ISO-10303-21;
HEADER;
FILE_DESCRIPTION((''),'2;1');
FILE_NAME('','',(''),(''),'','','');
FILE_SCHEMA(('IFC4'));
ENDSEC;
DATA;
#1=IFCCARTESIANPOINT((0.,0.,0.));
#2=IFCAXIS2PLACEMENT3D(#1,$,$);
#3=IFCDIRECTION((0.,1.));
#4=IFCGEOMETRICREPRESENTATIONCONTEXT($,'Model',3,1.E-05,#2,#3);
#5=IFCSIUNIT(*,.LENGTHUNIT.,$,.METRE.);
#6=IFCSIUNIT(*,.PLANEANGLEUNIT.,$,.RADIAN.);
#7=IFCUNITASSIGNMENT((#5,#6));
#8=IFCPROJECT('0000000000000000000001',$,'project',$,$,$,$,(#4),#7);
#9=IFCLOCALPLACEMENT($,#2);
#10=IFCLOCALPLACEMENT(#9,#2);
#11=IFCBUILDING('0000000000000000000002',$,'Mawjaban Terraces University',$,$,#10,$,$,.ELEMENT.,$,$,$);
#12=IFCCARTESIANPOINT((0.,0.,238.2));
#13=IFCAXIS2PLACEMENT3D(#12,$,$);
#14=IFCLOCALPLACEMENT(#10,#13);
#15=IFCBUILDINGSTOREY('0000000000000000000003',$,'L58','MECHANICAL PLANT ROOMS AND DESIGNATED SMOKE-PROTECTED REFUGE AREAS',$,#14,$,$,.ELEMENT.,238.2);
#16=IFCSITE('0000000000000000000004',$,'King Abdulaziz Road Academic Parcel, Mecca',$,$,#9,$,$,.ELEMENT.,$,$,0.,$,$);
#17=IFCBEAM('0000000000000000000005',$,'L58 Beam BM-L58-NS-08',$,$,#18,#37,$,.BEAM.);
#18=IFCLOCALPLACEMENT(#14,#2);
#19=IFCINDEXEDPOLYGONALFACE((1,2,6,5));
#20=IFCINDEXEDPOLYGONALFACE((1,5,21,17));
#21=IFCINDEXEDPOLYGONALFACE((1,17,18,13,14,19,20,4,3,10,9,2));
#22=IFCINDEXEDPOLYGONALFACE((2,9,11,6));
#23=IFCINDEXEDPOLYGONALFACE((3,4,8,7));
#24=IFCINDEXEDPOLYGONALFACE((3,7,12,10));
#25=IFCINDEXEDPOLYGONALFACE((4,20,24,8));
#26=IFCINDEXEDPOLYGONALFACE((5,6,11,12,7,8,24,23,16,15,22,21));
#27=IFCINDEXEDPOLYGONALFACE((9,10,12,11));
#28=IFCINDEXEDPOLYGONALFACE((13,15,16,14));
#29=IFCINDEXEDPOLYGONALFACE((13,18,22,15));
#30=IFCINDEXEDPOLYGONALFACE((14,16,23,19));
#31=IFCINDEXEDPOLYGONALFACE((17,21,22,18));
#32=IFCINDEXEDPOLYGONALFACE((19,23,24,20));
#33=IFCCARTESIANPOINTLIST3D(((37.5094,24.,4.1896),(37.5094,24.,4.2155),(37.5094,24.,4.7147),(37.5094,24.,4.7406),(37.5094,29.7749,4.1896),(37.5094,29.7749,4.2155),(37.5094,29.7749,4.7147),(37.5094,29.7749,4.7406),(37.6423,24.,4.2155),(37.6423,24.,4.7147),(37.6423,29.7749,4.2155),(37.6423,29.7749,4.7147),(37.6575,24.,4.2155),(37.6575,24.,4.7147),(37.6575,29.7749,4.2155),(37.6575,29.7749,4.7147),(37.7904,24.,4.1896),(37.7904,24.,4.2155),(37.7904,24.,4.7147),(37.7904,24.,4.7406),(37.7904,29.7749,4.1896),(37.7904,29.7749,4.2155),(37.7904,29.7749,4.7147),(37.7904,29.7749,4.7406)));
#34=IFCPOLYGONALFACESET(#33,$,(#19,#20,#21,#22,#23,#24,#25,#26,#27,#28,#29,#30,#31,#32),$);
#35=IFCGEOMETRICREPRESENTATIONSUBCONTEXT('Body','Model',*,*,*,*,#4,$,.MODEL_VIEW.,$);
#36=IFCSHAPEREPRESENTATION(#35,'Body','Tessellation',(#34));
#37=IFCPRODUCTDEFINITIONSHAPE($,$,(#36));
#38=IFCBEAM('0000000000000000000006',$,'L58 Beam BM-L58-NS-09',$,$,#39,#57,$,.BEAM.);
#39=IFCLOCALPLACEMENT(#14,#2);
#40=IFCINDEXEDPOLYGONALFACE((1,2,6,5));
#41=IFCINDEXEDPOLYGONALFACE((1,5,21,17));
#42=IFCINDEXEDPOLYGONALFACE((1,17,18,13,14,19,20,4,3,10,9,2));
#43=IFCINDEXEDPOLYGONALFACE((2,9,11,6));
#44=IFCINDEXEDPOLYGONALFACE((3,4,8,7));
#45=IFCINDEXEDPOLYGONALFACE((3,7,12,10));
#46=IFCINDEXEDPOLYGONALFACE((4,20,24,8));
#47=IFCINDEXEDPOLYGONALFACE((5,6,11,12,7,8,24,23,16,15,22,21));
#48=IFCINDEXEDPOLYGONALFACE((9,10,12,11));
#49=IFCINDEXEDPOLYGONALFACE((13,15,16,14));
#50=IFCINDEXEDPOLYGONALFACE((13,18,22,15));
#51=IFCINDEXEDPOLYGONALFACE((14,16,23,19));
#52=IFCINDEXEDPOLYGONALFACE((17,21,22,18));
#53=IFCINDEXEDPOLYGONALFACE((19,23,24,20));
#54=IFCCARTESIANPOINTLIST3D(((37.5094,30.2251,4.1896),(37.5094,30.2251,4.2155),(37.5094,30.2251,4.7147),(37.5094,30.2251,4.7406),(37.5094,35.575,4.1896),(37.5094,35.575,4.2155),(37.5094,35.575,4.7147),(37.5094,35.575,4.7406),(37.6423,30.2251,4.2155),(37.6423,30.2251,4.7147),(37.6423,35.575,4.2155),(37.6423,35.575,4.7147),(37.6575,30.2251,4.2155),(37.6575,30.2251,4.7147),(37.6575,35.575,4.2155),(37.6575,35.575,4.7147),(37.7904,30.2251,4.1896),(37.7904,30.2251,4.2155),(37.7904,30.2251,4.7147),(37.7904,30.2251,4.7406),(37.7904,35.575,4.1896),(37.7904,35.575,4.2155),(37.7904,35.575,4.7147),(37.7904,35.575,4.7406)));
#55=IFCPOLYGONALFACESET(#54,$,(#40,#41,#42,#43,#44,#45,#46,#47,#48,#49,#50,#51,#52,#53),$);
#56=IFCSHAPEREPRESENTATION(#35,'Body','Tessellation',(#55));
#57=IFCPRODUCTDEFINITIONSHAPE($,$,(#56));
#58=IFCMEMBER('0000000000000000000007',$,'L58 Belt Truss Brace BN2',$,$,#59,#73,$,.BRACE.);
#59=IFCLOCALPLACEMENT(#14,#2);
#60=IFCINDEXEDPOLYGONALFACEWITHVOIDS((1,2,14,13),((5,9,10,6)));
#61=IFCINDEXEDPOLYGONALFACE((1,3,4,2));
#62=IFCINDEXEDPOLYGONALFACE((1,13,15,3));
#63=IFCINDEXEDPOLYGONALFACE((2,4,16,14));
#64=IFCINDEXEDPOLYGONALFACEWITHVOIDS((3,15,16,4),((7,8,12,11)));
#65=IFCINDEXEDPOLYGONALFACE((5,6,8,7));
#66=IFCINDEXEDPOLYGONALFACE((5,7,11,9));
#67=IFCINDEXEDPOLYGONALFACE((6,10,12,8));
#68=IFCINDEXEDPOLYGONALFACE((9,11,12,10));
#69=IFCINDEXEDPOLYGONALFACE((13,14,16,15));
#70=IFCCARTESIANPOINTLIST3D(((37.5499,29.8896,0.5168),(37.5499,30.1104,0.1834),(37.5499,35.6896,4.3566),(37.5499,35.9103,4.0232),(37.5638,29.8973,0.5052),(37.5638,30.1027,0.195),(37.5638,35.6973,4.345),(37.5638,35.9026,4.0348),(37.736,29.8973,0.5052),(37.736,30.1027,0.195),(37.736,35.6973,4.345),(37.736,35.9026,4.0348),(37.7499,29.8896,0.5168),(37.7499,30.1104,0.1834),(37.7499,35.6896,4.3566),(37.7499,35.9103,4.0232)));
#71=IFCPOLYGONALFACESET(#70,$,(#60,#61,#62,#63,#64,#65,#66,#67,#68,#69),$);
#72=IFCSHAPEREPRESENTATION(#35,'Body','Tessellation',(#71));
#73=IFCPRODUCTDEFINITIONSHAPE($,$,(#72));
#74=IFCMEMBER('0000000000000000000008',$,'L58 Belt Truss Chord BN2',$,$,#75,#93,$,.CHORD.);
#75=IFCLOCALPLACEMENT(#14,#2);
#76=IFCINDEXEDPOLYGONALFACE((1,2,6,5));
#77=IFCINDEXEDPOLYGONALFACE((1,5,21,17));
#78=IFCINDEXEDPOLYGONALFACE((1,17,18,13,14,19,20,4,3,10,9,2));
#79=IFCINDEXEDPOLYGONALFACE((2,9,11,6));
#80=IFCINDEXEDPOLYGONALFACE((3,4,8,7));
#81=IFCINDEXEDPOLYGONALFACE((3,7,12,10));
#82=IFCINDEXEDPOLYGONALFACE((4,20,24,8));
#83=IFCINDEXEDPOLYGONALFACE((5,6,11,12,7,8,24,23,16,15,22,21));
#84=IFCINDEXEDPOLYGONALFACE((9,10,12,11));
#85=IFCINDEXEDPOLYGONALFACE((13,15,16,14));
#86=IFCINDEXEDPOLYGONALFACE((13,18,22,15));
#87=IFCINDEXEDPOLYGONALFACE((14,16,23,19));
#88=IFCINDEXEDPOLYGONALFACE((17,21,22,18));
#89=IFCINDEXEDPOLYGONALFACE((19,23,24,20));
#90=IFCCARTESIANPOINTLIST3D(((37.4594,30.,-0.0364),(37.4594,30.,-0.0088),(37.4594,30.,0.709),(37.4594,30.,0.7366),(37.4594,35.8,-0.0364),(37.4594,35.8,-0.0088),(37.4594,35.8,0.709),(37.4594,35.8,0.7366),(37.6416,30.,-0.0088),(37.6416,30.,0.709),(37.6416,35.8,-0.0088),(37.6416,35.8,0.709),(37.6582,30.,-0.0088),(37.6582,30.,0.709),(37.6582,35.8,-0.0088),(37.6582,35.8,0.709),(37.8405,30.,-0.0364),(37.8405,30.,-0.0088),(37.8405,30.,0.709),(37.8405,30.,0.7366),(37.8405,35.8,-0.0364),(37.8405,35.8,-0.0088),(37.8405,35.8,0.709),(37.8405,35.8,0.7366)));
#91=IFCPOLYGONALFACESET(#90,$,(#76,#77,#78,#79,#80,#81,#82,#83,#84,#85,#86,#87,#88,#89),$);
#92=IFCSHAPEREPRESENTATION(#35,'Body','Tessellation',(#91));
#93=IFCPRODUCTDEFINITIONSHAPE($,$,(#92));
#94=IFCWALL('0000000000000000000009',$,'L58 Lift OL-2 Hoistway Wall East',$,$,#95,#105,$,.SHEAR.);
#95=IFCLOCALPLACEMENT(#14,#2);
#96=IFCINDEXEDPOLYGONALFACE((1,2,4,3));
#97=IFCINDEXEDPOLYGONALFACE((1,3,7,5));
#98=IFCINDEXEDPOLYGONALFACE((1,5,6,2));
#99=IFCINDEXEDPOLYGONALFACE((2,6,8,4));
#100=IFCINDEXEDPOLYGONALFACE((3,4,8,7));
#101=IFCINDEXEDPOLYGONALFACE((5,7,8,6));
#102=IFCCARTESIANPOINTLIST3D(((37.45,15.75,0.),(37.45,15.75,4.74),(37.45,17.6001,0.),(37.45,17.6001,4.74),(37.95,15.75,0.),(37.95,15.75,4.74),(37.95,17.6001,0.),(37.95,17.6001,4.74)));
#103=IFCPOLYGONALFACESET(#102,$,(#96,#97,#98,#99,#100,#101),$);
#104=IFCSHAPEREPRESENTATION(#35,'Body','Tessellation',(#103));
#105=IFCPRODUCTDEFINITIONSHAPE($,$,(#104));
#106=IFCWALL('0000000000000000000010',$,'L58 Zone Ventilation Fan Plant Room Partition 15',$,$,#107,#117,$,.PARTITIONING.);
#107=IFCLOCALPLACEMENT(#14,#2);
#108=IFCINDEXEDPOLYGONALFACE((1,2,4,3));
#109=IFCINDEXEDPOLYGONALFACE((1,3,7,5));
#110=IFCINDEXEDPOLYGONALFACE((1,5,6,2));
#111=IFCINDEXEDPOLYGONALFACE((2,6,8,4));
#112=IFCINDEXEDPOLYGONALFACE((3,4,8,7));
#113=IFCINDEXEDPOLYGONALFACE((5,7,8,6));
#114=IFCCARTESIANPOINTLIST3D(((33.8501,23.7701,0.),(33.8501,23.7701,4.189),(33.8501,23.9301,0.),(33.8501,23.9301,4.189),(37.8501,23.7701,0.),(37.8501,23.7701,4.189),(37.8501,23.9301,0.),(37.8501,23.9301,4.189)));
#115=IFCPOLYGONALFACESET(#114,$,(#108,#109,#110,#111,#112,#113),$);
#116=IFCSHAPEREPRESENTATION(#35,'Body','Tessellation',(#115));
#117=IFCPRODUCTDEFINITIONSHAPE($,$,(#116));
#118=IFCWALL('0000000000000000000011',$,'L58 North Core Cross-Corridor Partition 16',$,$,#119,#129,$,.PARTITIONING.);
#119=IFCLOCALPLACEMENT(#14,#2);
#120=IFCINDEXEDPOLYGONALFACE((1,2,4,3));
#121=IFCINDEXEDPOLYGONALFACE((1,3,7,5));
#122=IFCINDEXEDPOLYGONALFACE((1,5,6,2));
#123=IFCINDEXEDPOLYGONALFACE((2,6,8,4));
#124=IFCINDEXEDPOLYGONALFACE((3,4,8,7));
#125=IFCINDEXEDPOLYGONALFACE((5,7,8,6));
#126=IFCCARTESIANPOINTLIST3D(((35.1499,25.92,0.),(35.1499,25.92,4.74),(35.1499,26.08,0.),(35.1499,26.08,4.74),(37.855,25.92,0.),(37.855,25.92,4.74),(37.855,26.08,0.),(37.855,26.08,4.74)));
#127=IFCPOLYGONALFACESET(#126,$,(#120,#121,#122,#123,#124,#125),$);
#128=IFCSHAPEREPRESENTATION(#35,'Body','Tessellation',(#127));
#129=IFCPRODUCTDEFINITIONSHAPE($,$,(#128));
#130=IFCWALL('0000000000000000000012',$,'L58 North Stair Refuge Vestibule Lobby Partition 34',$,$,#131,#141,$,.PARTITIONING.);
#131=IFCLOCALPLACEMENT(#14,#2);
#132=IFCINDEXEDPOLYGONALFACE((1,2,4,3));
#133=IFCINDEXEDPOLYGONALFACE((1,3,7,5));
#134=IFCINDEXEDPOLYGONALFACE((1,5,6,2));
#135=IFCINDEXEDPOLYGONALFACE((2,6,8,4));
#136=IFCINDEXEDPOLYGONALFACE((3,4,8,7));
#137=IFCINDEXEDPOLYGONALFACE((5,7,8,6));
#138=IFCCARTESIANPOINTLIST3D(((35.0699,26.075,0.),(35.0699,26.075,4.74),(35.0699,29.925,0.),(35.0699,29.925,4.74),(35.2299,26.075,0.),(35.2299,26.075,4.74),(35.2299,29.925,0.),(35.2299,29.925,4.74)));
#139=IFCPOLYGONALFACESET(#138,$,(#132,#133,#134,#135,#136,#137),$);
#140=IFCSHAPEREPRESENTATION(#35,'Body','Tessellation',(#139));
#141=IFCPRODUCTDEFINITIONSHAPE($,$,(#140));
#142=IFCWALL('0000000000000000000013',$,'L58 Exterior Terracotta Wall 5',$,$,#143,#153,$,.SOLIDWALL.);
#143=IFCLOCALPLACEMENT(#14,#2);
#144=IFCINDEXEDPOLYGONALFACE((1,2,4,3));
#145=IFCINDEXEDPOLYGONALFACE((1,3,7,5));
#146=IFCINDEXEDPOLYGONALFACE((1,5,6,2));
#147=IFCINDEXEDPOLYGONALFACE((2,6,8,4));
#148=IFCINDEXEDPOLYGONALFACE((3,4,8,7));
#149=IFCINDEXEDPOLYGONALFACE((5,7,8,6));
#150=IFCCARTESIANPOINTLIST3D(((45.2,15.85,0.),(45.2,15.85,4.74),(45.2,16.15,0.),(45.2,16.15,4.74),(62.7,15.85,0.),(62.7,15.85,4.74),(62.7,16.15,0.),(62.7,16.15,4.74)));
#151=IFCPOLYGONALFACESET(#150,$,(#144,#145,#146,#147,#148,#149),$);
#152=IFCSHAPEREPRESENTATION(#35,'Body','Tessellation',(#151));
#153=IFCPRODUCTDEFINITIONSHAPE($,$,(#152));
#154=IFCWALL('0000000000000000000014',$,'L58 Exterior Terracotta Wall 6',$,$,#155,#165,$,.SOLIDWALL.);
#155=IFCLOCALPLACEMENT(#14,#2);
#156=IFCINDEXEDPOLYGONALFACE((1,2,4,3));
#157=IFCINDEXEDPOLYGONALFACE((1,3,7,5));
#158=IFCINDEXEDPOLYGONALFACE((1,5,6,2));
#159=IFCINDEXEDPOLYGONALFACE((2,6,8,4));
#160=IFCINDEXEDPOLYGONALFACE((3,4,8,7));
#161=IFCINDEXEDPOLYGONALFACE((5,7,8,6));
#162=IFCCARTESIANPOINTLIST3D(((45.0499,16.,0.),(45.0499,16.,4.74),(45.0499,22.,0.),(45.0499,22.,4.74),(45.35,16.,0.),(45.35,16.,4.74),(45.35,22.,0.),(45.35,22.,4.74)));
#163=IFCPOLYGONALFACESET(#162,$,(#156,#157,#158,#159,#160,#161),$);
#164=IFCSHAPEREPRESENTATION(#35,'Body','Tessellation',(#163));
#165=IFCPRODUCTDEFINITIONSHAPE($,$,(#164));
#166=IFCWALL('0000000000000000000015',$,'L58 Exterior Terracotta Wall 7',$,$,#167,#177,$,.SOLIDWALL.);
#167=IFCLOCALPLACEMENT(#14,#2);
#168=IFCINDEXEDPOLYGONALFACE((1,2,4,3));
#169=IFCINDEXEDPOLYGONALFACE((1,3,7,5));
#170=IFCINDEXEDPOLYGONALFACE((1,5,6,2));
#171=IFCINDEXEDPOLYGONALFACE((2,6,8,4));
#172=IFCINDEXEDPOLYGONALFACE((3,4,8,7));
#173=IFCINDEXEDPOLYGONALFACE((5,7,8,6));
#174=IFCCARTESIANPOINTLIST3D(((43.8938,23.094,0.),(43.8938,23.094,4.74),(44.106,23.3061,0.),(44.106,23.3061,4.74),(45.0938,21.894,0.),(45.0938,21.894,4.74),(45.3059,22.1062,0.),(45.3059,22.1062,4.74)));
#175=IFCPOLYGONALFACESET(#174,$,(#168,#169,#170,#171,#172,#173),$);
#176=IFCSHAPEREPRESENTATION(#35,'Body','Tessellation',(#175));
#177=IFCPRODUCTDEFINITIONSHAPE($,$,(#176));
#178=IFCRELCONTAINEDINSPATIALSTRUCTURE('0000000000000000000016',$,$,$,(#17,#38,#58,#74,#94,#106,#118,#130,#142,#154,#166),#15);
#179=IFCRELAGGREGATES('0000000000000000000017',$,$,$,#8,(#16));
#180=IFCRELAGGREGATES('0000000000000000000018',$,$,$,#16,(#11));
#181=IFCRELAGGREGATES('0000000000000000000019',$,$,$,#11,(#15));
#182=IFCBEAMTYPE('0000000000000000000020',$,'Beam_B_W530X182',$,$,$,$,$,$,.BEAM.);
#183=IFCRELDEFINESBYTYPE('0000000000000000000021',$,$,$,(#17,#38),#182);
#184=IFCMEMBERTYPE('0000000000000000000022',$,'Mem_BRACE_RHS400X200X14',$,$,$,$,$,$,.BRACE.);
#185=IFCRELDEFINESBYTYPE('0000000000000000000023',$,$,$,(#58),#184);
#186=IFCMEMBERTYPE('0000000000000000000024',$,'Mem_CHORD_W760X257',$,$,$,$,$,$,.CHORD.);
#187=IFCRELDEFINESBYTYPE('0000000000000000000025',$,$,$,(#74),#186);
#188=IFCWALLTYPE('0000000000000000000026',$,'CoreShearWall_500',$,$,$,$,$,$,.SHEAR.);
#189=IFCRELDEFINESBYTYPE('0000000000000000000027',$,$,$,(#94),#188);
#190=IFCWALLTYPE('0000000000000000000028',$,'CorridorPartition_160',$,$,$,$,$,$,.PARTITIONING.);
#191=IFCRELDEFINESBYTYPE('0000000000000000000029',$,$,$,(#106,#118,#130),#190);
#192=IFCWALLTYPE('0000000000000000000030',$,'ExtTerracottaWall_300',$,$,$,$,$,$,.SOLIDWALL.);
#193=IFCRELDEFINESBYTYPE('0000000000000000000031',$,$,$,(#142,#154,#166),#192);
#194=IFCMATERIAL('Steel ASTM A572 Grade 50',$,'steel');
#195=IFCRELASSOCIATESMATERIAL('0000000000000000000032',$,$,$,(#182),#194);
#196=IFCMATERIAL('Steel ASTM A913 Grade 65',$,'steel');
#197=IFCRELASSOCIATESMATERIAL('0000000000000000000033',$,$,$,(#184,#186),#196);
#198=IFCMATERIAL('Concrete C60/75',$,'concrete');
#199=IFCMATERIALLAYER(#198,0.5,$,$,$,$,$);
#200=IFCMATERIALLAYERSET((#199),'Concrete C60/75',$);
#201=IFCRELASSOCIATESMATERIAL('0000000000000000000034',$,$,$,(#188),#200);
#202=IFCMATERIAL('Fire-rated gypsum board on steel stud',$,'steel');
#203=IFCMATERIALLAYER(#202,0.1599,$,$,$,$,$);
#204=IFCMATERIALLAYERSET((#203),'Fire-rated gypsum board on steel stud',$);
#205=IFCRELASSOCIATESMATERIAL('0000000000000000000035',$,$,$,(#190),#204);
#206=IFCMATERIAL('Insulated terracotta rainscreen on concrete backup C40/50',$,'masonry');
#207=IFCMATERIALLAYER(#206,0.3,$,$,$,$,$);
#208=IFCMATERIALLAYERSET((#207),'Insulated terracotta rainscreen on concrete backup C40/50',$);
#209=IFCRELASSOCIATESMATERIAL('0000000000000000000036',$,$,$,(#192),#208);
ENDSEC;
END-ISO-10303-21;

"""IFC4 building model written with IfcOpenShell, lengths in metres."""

from ifc_helpers import new_model, si_unit, direction, frame, frame_2d, origin, origin_2d, place, context, subcontext, project, spatial, rectangle, hollow_rectangle, i_section, extrude, material, layer, layer_set, material_profile, profile_set, type_object, element, save


model = new_model("IFC4")

# Units and contexts
model_context = context("Model", 3, precision=1e-05, world=origin(), true_north=direction((0.0, 1.0)))
body_context = subcontext(model_context, "Body", "Model", "MODEL_VIEW")
ifc_project = project(units=[si_unit("LENGTHUNIT", "METRE"), si_unit("PLANEANGLEUNIT", "RADIAN")], contexts=[model_context])

# Site, building, storey
site_placement = place(None, origin())
site = spatial("IfcSite", under=ifc_project, at=site_placement, Name="King Abdulaziz Road Academic Parcel, Mecca", CompositionType="ELEMENT", RefElevation=0.0)
building_placement = place(site_placement, origin())
building = spatial("IfcBuilding", under=site, at=building_placement, Name="Mawjaban Terraces University", CompositionType="ELEMENT")
storey_placement = place(building_placement, frame((0.0, 0.0, 238.2)))
storey = spatial("IfcBuildingStorey", under=building, at=storey_placement, Name="L58", Description="MECHANICAL PLANT ROOMS AND DESIGNATED SMOKE-PROTECTED REFUGE AREAS", CompositionType="ELEMENT", Elevation=238.2)

# Shared definitions
ifc_material_1 = material(Name="Concrete C60/75", Category="concrete")

# Beams
ifc_material_2 = material(Name="Steel ASTM A572 Grade 50", Category="steel")
ifc_material_profile_1 = material_profile(ifc_material_2, i_section(OverallWidth=0.281, OverallDepth=0.551, WebThickness=0.0151, FlangeThickness=0.0259, at=origin_2d()), Name="W530X182")
ifc_profile_set_1 = profile_set([ifc_material_profile_1], Name="Steel ASTM A572 Grade 50")
beam_type_1 = type_object("IfcBeamType", Name="Beam_B_W530X182", PredefinedType="BEAM", material=ifc_profile_set_1)
beam_1_placement = place(storey_placement, frame((37.6499, 24.0, 4.4651), z_axis=(0.0, 1.0, 0.0), x_axis=(-1.0, 0.0, 0.0)))
element("IfcBeam", 1, at=beam_1_placement, inside=storey, type_object=beam_type_1, Name="L58 Beam BM-L58-NS-08", PredefinedType="BEAM", context=body_context, shape_type="SweptSolid", body=[
    extrude(i_section(OverallWidth=0.281, OverallDepth=0.551, WebThickness=0.0151, FlangeThickness=0.0259, at=origin_2d()), origin(), (0.0, 0.0, 1.0), 5.7749),
])
beam_2_placement = place(storey_placement, frame((37.6499, 30.2251, 4.4651), z_axis=(0.0, 1.0, 0.0), x_axis=(-1.0, 0.0, 0.0)))
element("IfcBeam", 2, at=beam_2_placement, inside=storey, type_object=beam_type_1, Name="L58 Beam BM-L58-NS-09", PredefinedType="BEAM", context=body_context, shape_type="SweptSolid", body=[
    extrude(i_section(OverallWidth=0.281, OverallDepth=0.551, WebThickness=0.0151, FlangeThickness=0.0259, at=origin_2d()), origin(), (0.0, 0.0, 1.0), 5.3499),
])

# Members
ifc_material_3 = material(Name="Steel ASTM A913 Grade 65", Category="steel")
ifc_material_profile_2 = material_profile(ifc_material_3, hollow_rectangle(XDim=0.2, YDim=0.3999, WallThickness=0.0139, at=origin_2d()), Name="RHS400X200X14")
ifc_profile_set_2 = profile_set([ifc_material_profile_2], Name="Steel ASTM A913 Grade 65")
member_type_1 = type_object("IfcMemberType", Name="Mem_BRACE_RHS400X200X14", PredefinedType="BRACE", material=ifc_profile_set_2)
member_1_placement = place(storey_placement, frame((37.6499, 30.0, 0.3501), z_axis=(0.0, 0.833828, 0.552024), x_axis=(-1.0, 0.0, 0.0)))
element("IfcMember", 3, at=member_1_placement, inside=storey, type_object=member_type_1, Name="L58 Belt Truss Brace BN2", PredefinedType="BRACE", context=body_context, shape_type="SweptSolid", body=[
    extrude(hollow_rectangle(XDim=0.2, YDim=0.3999, WallThickness=0.0139, at=origin_2d()), origin(), (0.0, 0.0, 1.0), 6.9558),
])
ifc_material_profile_3 = material_profile(ifc_material_3, i_section(OverallWidth=0.3811, OverallDepth=0.7729, WebThickness=0.0166, FlangeThickness=0.0276, at=origin_2d()), Name="W760X257")
ifc_profile_set_3 = profile_set([ifc_material_profile_3], Name="Steel ASTM A913 Grade 65")
member_type_2 = type_object("IfcMemberType", Name="Mem_CHORD_W760X257", PredefinedType="CHORD", material=ifc_profile_set_3)
member_2_placement = place(storey_placement, frame((37.6499, 30.0, 0.3501), z_axis=(0.0, 1.0, 0.0), x_axis=(-1.0, 0.0, 0.0)))
element("IfcMember", 4, at=member_2_placement, inside=storey, type_object=member_type_2, Name="L58 Belt Truss Chord BN2", PredefinedType="CHORD", context=body_context, shape_type="SweptSolid", body=[
    extrude(i_section(OverallWidth=0.3811, OverallDepth=0.7729, WebThickness=0.0166, FlangeThickness=0.0276, at=origin_2d()), origin(), (0.0, 0.0, 1.0), 5.8),
])

# Walls
ifc_layer_1 = layer(ifc_material_1, 0.5)
ifc_layer_set_1 = layer_set([ifc_layer_1], Name="Concrete C60/75")
wall_type_1 = type_object("IfcWallType", Name="CoreShearWall_500", PredefinedType="SHEAR", material=ifc_layer_set_1)
wall_1_placement = place(storey_placement, frame((37.7, 15.75, 0.0), z_axis=(0.0, 0.0, 1.0), x_axis=(0.0, 1.0, 0.0)))
element("IfcWall", 5, at=wall_1_placement, inside=storey, type_object=wall_type_1, Name="L58 Lift OL-2 Hoistway Wall East", PredefinedType="SHEAR", context=body_context, shape_type="SweptSolid", body=[
    extrude(rectangle(XDim=1.8501, YDim=0.5, at=frame_2d((0.925, 0.0))), origin(), (0.0, 0.0, 1.0), 4.74),
])
ifc_material_4 = material(Name="Fire-rated gypsum board on steel stud", Category="steel")
ifc_layer_2 = layer(ifc_material_4, 0.1599)
ifc_layer_set_2 = layer_set([ifc_layer_2], Name="Fire-rated gypsum board on steel stud")
wall_type_2 = type_object("IfcWallType", Name="CorridorPartition_160", PredefinedType="PARTITIONING", material=ifc_layer_set_2)
wall_2_placement = place(storey_placement, frame((37.8501, 23.8501, 0.0), z_axis=(0.0, 0.0, 1.0), x_axis=(-1.0, 0.0, 0.0)))
element("IfcWall", 6, at=wall_2_placement, inside=storey, type_object=wall_type_2, Name="L58 Zone Ventilation Fan Plant Room Partition 15", PredefinedType="PARTITIONING", context=body_context, shape_type="SweptSolid", body=[
    extrude(rectangle(XDim=4.0, YDim=0.1599, at=frame_2d((2.0, 0.0))), origin(), (0.0, 0.0, 1.0), 4.189),
])
wall_3_placement = place(storey_placement, frame((37.855, 26.0, 0.0), z_axis=(0.0, 0.0, 1.0), x_axis=(-1.0, 0.0, 0.0)))
element("IfcWall", 7, at=wall_3_placement, inside=storey, type_object=wall_type_2, Name="L58 North Core Cross-Corridor Partition 16", PredefinedType="PARTITIONING", context=body_context, shape_type="SweptSolid", body=[
    extrude(rectangle(XDim=2.7051, YDim=0.1599, at=frame_2d((1.3525, 0.0))), origin(), (0.0, 0.0, 1.0), 4.74),
])
wall_4_placement = place(storey_placement, frame((35.1499, 26.075, 0.0), z_axis=(0.0, 0.0, 1.0), x_axis=(0.0, 1.0, 0.0)))
element("IfcWall", 8, at=wall_4_placement, inside=storey, type_object=wall_type_2, Name="L58 North Stair Refuge Vestibule Lobby Partition 34", PredefinedType="PARTITIONING", context=body_context, shape_type="SweptSolid", body=[
    extrude(rectangle(XDim=3.8501, YDim=0.1599, at=frame_2d((1.925, 0.0))), origin(), (0.0, 0.0, 1.0), 4.74),
])
ifc_material_5 = material(Name="Insulated terracotta rainscreen on concrete backup C40/50", Category="masonry")
ifc_layer_3 = layer(ifc_material_5, 0.3)
ifc_layer_set_3 = layer_set([ifc_layer_3], Name="Insulated terracotta rainscreen on concrete backup C40/50")
wall_type_3 = type_object("IfcWallType", Name="ExtTerracottaWall_300", PredefinedType="SOLIDWALL", material=ifc_layer_set_3)
wall_5_placement = place(storey_placement, frame((62.7, 16.0, 0.0), z_axis=(0.0, 0.0, 1.0), x_axis=(-1.0, 0.0, 0.0)))
element("IfcWall", 9, at=wall_5_placement, inside=storey, type_object=wall_type_3, Name="L58 Exterior Terracotta Wall 5", PredefinedType="SOLIDWALL", context=body_context, shape_type="SweptSolid", body=[
    extrude(rectangle(XDim=17.5, YDim=0.3, at=frame_2d((8.75, 0.0))), origin(), (0.0, 0.0, 1.0), 4.74),
])
wall_6_placement = place(storey_placement, frame((45.2, 16.0, 0.0), z_axis=(0.0, 0.0, 1.0), x_axis=(0.0, 1.0, 0.0)))
element("IfcWall", 10, at=wall_6_placement, inside=storey, type_object=wall_type_3, Name="L58 Exterior Terracotta Wall 6", PredefinedType="SOLIDWALL", context=body_context, shape_type="SweptSolid", body=[
    extrude(rectangle(XDim=6.0, YDim=0.3, at=frame_2d((3.0, 0.0))), origin(), (0.0, 0.0, 1.0), 4.74),
])
wall_7_placement = place(storey_placement, frame((45.2, 22.0, 0.0), z_axis=(0.0, 0.0, 1.0), x_axis=(-0.707107, 0.707107, 0.0)))
element("IfcWall", 11, at=wall_7_placement, inside=storey, type_object=wall_type_3, Name="L58 Exterior Terracotta Wall 7", PredefinedType="SOLIDWALL", context=body_context, shape_type="SweptSolid", body=[
    extrude(rectangle(XDim=1.697, YDim=0.3, at=frame_2d((0.8486, 0.0))), origin(), (0.0, 0.0, 1.0), 4.74),
])

save(model, "model.ifc")
